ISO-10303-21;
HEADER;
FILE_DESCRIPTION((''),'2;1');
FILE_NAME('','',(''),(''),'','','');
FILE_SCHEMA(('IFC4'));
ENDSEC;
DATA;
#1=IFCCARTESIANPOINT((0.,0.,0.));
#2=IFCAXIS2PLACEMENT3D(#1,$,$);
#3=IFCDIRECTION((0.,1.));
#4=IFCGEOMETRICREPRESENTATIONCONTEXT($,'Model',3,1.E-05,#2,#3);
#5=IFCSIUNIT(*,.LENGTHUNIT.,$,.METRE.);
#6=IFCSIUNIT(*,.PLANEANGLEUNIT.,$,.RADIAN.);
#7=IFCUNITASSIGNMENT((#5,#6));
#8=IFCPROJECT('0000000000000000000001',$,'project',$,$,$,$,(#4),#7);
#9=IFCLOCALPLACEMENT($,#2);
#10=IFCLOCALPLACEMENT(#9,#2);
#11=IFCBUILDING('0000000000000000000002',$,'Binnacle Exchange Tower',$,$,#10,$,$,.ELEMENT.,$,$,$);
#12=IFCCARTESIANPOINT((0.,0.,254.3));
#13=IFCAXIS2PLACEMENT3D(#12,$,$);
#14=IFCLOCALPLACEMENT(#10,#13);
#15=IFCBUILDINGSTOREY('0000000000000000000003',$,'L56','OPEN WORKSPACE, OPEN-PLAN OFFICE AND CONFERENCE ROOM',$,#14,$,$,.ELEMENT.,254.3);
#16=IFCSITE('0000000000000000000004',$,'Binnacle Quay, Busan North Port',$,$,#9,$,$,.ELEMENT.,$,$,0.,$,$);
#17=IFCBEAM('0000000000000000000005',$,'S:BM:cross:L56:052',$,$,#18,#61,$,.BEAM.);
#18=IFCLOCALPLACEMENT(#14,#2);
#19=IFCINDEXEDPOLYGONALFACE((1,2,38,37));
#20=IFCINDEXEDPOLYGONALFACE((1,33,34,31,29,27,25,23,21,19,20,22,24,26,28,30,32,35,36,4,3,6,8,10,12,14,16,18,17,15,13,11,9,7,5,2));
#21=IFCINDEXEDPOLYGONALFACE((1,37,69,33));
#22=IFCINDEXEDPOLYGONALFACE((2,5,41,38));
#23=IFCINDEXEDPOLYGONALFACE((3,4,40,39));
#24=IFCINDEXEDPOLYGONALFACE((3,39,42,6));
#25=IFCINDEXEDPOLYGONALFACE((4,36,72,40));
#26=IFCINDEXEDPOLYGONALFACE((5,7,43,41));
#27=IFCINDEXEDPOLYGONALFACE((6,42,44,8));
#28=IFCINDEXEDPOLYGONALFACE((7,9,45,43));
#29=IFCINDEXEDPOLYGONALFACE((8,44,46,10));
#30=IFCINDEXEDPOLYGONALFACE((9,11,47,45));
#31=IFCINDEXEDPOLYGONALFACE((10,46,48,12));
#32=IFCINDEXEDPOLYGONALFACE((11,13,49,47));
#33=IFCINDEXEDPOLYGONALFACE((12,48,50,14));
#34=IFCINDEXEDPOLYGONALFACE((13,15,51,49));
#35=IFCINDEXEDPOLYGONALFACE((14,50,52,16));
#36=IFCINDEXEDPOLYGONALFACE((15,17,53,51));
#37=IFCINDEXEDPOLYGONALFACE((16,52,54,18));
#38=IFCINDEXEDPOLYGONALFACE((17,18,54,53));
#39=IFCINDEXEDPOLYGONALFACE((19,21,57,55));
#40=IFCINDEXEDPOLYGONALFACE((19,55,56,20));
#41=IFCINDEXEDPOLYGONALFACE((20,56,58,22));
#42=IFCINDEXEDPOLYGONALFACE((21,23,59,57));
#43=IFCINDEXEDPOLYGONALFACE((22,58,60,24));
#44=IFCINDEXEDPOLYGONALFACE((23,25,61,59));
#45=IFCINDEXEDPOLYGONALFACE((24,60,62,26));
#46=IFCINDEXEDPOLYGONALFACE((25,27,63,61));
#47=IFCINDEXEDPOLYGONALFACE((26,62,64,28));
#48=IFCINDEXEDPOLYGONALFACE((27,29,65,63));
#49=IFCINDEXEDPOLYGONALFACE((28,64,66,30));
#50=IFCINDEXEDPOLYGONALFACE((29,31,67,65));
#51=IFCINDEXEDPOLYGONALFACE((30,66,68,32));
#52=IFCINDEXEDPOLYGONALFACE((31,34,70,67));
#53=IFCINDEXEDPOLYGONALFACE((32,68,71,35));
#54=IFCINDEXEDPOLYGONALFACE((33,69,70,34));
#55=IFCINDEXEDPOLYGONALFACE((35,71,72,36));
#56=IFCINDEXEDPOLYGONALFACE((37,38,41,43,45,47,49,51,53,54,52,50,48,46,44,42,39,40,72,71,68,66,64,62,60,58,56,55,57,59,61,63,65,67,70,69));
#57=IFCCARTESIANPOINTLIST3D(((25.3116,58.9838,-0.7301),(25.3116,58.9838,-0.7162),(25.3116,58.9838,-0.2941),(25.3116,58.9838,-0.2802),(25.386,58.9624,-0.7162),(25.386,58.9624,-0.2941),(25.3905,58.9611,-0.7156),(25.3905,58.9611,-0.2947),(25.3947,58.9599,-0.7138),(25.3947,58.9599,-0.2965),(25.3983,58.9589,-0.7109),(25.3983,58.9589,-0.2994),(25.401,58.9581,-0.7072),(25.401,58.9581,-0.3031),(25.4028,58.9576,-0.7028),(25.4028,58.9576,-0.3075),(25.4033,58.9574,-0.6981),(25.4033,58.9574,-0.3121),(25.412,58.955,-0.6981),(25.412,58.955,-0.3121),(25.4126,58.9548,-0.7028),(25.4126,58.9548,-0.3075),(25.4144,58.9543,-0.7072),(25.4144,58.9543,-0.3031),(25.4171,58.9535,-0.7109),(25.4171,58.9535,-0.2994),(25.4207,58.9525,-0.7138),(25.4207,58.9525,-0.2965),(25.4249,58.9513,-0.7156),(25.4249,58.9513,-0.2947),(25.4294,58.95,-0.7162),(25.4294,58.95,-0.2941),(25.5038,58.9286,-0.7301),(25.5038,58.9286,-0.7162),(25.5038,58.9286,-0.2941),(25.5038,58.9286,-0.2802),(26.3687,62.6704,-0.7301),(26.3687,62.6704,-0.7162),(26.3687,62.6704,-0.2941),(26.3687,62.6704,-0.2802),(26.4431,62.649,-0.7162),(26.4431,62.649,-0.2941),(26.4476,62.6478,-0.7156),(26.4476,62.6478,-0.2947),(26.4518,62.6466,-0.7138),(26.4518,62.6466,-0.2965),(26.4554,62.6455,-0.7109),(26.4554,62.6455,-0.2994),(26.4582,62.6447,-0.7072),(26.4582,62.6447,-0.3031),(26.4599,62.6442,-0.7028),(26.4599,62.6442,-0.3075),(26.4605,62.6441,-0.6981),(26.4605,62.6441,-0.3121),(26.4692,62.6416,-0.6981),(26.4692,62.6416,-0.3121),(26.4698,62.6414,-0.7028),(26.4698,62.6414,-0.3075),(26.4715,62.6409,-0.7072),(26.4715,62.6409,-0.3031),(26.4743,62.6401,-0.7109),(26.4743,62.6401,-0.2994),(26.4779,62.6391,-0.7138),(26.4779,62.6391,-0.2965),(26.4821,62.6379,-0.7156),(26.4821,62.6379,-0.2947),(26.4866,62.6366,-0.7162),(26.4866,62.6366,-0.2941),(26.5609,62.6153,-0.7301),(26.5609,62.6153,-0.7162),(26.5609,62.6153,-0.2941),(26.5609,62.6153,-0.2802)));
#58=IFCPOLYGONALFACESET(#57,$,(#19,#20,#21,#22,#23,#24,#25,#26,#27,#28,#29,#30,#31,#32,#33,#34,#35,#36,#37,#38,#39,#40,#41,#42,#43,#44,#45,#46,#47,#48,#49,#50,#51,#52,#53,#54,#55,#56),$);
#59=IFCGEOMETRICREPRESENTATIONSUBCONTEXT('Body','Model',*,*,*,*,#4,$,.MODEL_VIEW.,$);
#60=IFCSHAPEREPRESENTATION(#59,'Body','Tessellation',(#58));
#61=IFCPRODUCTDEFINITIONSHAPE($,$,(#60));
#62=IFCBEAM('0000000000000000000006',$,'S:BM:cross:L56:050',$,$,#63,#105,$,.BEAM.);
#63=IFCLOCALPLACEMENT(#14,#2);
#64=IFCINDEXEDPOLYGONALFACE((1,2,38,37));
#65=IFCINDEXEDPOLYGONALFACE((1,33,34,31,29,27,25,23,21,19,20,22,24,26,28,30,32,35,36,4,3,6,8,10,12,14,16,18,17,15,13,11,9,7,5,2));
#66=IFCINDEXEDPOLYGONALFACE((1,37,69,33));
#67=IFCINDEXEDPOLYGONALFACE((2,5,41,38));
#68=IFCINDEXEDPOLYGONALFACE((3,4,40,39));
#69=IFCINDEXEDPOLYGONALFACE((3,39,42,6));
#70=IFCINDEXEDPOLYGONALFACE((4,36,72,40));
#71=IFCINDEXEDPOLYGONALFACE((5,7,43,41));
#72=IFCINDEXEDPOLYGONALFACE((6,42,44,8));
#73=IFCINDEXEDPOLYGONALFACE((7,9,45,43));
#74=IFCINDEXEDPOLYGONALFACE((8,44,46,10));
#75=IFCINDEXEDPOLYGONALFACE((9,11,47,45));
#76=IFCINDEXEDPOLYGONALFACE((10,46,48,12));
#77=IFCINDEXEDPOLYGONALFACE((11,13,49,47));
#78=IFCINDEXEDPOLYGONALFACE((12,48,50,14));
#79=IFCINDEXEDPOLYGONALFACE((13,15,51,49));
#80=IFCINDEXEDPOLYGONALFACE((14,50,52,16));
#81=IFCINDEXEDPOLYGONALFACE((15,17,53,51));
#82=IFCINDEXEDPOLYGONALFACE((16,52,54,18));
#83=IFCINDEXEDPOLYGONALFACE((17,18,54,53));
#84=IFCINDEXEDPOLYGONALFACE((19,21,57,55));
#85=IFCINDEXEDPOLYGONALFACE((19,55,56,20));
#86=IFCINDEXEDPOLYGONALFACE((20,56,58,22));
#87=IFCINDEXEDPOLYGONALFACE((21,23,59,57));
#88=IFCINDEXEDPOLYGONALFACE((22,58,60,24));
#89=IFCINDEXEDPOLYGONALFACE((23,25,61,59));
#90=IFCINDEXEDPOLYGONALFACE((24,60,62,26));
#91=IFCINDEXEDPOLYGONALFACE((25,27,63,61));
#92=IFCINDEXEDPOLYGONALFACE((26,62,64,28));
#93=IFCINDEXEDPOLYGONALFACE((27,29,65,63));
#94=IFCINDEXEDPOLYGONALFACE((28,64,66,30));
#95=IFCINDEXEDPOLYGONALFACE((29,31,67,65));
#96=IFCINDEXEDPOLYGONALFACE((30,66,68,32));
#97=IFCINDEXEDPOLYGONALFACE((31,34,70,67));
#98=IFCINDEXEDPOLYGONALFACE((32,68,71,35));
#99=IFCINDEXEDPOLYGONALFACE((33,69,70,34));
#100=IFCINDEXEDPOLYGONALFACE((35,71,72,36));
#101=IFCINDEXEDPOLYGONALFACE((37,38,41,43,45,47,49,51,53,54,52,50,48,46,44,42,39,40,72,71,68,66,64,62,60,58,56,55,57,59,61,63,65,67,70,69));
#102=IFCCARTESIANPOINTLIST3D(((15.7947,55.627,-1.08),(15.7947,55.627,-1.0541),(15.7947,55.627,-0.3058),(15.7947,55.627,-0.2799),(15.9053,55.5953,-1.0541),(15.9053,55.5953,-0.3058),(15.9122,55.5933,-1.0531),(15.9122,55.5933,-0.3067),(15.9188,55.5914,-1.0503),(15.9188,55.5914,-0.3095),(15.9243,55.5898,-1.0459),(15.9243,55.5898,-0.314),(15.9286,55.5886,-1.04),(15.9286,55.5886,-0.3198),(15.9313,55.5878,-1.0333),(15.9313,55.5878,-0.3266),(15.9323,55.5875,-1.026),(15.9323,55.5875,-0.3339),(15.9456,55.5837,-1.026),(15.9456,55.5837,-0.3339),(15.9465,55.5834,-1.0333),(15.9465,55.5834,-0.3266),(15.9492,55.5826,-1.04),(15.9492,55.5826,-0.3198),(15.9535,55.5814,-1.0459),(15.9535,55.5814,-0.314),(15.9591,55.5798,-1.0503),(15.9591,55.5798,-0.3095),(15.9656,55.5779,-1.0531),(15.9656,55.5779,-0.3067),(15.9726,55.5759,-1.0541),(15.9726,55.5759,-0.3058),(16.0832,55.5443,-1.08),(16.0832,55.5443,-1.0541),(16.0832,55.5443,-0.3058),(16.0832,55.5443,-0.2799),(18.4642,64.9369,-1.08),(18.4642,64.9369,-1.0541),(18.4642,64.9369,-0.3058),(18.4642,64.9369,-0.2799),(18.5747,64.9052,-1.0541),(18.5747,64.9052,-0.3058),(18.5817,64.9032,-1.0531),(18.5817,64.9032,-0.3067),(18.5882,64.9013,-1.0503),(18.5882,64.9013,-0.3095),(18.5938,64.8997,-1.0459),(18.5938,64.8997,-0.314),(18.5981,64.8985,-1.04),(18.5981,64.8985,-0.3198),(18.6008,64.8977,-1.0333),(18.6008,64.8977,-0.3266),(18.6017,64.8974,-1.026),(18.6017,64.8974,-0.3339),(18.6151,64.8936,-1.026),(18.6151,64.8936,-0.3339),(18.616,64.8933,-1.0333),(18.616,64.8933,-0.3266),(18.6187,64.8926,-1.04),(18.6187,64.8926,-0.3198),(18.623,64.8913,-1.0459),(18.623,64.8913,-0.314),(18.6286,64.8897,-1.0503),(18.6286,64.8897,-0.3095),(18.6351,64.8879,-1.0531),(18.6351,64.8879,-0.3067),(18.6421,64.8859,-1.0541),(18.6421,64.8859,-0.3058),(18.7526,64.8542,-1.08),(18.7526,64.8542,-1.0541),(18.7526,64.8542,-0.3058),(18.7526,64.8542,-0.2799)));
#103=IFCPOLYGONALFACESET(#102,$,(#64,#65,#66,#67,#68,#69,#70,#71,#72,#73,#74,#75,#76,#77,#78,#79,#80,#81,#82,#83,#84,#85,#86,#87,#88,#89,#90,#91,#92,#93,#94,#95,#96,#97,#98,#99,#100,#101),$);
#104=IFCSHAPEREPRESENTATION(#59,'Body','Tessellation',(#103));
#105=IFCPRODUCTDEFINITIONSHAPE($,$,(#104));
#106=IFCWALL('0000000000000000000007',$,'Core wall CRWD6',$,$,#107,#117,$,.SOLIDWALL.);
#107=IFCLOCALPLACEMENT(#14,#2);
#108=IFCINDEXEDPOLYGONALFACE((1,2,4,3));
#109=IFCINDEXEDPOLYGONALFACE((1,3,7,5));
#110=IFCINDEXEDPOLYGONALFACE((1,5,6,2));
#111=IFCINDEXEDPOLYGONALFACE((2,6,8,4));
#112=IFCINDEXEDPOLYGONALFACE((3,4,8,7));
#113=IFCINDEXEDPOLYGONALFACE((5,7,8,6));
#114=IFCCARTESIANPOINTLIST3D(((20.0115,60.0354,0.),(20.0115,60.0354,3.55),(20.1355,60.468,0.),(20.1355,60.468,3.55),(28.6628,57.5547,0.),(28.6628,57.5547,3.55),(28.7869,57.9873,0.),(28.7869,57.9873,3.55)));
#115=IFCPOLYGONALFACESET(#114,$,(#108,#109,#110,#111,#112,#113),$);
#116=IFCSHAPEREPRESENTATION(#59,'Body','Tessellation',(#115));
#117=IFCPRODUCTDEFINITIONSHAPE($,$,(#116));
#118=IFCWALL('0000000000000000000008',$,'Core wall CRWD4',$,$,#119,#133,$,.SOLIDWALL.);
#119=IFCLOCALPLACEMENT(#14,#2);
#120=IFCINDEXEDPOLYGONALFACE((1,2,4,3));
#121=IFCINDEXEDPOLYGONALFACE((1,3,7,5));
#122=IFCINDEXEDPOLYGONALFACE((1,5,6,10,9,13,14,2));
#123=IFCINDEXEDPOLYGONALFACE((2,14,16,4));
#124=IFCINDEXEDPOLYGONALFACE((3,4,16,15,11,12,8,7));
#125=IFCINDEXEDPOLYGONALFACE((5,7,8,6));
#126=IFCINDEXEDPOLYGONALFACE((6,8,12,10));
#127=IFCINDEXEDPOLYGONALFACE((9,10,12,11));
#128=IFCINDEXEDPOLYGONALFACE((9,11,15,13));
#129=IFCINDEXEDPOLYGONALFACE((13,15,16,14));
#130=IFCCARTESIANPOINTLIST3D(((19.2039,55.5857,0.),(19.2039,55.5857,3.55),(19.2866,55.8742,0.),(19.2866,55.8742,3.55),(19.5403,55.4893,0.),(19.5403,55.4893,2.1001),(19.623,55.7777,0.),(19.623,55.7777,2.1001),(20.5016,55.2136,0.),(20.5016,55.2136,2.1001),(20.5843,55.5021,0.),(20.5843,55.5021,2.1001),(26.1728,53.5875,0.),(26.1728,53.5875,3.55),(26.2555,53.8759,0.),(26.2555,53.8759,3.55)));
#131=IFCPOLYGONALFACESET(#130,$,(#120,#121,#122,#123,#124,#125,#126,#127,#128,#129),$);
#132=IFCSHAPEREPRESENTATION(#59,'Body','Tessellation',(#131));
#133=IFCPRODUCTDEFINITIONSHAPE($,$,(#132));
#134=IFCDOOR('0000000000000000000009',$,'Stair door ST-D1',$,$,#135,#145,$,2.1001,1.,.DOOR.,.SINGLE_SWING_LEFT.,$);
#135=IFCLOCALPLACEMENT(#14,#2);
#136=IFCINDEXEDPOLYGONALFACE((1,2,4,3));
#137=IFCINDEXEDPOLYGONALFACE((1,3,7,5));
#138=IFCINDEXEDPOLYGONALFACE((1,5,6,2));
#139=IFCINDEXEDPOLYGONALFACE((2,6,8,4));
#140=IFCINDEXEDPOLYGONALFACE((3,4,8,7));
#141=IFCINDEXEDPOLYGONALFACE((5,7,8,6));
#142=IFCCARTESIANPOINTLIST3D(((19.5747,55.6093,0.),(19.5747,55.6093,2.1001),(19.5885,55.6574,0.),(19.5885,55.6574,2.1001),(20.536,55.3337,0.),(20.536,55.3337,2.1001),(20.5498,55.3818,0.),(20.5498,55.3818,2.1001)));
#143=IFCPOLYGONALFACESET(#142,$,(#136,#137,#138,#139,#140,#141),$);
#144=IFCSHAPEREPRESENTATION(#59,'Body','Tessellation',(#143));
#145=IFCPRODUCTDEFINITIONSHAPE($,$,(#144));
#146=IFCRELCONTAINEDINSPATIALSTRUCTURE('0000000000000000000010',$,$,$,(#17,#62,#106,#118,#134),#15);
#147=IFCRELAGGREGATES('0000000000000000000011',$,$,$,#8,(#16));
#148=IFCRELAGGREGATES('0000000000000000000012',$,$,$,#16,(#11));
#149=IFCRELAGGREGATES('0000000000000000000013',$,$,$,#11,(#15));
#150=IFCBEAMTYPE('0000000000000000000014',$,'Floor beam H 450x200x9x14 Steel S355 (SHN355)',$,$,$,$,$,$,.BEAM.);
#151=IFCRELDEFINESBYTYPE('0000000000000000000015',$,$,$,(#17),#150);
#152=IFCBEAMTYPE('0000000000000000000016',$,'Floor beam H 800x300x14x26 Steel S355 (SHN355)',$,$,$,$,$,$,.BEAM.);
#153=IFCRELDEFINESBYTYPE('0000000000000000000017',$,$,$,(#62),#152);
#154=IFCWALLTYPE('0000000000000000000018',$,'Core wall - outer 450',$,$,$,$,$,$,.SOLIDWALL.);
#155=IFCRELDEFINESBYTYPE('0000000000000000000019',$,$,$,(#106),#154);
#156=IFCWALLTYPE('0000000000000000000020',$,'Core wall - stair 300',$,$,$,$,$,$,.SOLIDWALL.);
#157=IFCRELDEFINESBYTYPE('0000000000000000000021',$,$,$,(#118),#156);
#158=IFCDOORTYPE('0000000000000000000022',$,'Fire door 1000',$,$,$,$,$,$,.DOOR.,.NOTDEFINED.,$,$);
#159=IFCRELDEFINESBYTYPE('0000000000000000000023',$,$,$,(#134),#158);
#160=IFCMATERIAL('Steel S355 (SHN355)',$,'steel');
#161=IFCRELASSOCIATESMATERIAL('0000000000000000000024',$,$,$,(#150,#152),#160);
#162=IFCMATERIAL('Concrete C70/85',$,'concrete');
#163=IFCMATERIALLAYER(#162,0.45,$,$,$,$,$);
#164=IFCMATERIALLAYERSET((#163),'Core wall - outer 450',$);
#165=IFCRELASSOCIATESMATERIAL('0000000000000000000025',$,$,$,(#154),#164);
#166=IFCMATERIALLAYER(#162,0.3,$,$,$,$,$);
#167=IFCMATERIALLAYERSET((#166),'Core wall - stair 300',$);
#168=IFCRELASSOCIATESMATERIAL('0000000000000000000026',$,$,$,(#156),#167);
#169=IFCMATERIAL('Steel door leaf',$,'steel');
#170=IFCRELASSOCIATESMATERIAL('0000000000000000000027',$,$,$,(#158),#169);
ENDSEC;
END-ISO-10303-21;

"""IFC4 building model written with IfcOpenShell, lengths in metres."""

from ifc_helpers import new_model, si_unit, direction, frame, frame_2d, origin, origin_2d, place, context, subcontext, project, spatial, rectangle, i_section, extrude, material, layer, layer_set, material_profile, profile_set, type_object, element, fill, save


model = new_model("IFC4")

# Units and contexts
model_context = context("Model", 3, precision=1e-05, world=origin(), true_north=direction((0.0, 1.0)))
body_context = subcontext(model_context, "Body", "Model", "MODEL_VIEW")
ifc_project = project(units=[si_unit("LENGTHUNIT", "METRE"), si_unit("PLANEANGLEUNIT", "RADIAN")], contexts=[model_context])

# Site, building, storey
site_placement = place(None, origin())
site = spatial("IfcSite", under=ifc_project, at=site_placement, Name="Binnacle Quay, Busan North Port", CompositionType="ELEMENT", RefElevation=0.0)
building_placement = place(site_placement, origin())
building = spatial("IfcBuilding", under=site, at=building_placement, Name="Binnacle Exchange Tower", CompositionType="ELEMENT")
storey_placement = place(building_placement, frame((0.0, 0.0, 254.3)))
storey = spatial("IfcBuildingStorey", under=building, at=storey_placement, Name="L56", Description="OPEN WORKSPACE, OPEN-PLAN OFFICE AND CONFERENCE ROOM", CompositionType="ELEMENT", Elevation=254.3)

# Beams
ifc_material_1 = material(Name="Steel S355 (SHN355)", Category="steel")
ifc_material_profile_1 = material_profile(ifc_material_1, i_section(OverallWidth=0.2, OverallDepth=0.45, WebThickness=0.009, FlangeThickness=0.0139, FilletRadius=0.0181, at=origin_2d()), Name="H 450x200x9x14")
ifc_profile_set_1 = profile_set([ifc_material_profile_1], Name="Steel S355 (SHN355)")
beam_type_1 = type_object("IfcBeamType", Name="Floor beam H 450x200x9x14 Steel S355 (SHN355)", PredefinedType="BEAM", material=ifc_profile_set_1)
beam_1_placement = place(storey_placement, frame((26.4648, 62.6428, -0.5051), z_axis=(-0.275646, -0.961259, 0.0), x_axis=(0.961259, -0.275646, 0.0)))
element("IfcBeam", 1, at=beam_1_placement, inside=storey, type_object=beam_type_1, Name="S:BM:cross:L56:052", PredefinedType="BEAM", context=body_context, shape_type="SweptSolid", body=[
    extrude(i_section(OverallWidth=0.2, OverallDepth=0.45, WebThickness=0.009, FlangeThickness=0.0139, FilletRadius=0.0181, at=origin_2d()), origin(), (0.0, 0.0, 1.0), 3.8352),
])
ifc_material_profile_2 = material_profile(ifc_material_1, i_section(OverallWidth=0.3, OverallDepth=0.8, WebThickness=0.0139, FlangeThickness=0.0259, FilletRadius=0.0281, at=origin_2d()), Name="H 800x300x14x26")
ifc_profile_set_2 = profile_set([ifc_material_profile_2], Name="Steel S355 (SHN355)")
beam_type_2 = type_object("IfcBeamType", Name="Floor beam H 800x300x14x26 Steel S355 (SHN355)", PredefinedType="BEAM", material=ifc_profile_set_2)
beam_2_placement = place(storey_placement, frame((18.6084, 64.8955, -0.6799), z_axis=(-0.275627, -0.961265, 0.0), x_axis=(0.961265, -0.275627, 0.0)))
element("IfcBeam", 2, at=beam_2_placement, inside=storey, type_object=beam_type_2, Name="S:BM:cross:L56:050", PredefinedType="BEAM", context=body_context, shape_type="SweptSolid", body=[
    extrude(i_section(OverallWidth=0.3, OverallDepth=0.8, WebThickness=0.0139, FlangeThickness=0.0259, FilletRadius=0.0281, at=origin_2d()), origin(), (0.0, 0.0, 1.0), 9.6851),
])

# Wall
ifc_material_2 = material(Name="Concrete C70/85", Category="concrete")
ifc_layer_1 = layer(ifc_material_2, 0.45)
ifc_layer_set_1 = layer_set([ifc_layer_1], Name="Core wall - outer 450")
wall_type_1 = type_object("IfcWallType", Name="Core wall - outer 450", PredefinedType="SOLIDWALL", material=ifc_layer_set_1)
wall_1_placement = place(storey_placement, frame((20.0735, 60.2517, 0.0), z_axis=(0.0, 0.0, 1.0), x_axis=(0.961262, -0.275635, 0.0)))
element("IfcWall", 3, at=wall_1_placement, inside=storey, type_object=wall_type_1, Name="Core wall CRWD6", PredefinedType="SOLIDWALL", context=body_context, shape_type="SweptSolid", body=[
    extrude(rectangle(XDim=9.0, YDim=0.45, at=frame_2d((4.5, 0.0))), origin(), (0.0, 0.0, 1.0), 3.55),
])

# Wall, opening, door
ifc_layer_2 = layer(ifc_material_2, 0.3)
ifc_layer_set_2 = layer_set([ifc_layer_2], Name="Core wall - stair 300")
wall_type_2 = type_object("IfcWallType", Name="Core wall - stair 300", PredefinedType="SOLIDWALL", material=ifc_layer_set_2)
wall_2_placement = place(storey_placement, frame((19.2451, 55.73, 0.0), z_axis=(0.0, 0.0, 1.0), x_axis=(0.961263, -0.275633, 0.0)))
wall_2 = element("IfcWall", 4, at=wall_2_placement, inside=storey, type_object=wall_type_2, Name="Core wall CRWD4", PredefinedType="SOLIDWALL", context=body_context, shape_type="SweptSolid", body=[
    extrude(rectangle(XDim=7.2498, YDim=0.3, at=frame_2d((3.625, 0.0))), origin(), (0.0, 0.0, 1.0), 3.55),
])
opening_1_placement = place(wall_2_placement, frame((0.3501, 0.0, 0.0)))
opening_1 = element("IfcOpeningElement", 5, at=opening_1_placement, cuts=wall_2, PredefinedType="OPENING", context=body_context, shape_type="SweptSolid", body=[
    extrude(rectangle(XDim=1.0, YDim=2.1001, at=frame_2d((0.5, 1.05))), frame((0.0, 0.1599, 0.0), z_axis=(0.0, -1.0, 0.0), x_axis=(1.0, 0.0, 0.0)), (0.0, 0.0, 1.0), 0.3201),
])
ifc_material_3 = material(Name="Steel door leaf", Category="steel")
door_type = type_object("IfcDoorType", Name="Fire door 1000", OperationType="NOTDEFINED", PredefinedType="DOOR", material=ifc_material_3)
door_placement = place(opening_1_placement, origin())
door = element("IfcDoor", 6, at=door_placement, inside=storey, type_object=door_type, Name="Stair door ST-D1", OperationType="SINGLE_SWING_LEFT", OverallHeight=2.1001, OverallWidth=1.0, PredefinedType="DOOR", context=body_context, shape_type="SweptSolid", body=[
    extrude(rectangle(XDim=1.0, YDim=2.1001, at=frame_2d((0.5, 1.05))), frame((0.0, 0.0249, 0.0), z_axis=(0.0, -1.0, 0.0), x_axis=(1.0, 0.0, 0.0)), (0.0, 0.0, 1.0), 0.05),
])
fill(opening_1, door)

save(model, "model.ifc")
